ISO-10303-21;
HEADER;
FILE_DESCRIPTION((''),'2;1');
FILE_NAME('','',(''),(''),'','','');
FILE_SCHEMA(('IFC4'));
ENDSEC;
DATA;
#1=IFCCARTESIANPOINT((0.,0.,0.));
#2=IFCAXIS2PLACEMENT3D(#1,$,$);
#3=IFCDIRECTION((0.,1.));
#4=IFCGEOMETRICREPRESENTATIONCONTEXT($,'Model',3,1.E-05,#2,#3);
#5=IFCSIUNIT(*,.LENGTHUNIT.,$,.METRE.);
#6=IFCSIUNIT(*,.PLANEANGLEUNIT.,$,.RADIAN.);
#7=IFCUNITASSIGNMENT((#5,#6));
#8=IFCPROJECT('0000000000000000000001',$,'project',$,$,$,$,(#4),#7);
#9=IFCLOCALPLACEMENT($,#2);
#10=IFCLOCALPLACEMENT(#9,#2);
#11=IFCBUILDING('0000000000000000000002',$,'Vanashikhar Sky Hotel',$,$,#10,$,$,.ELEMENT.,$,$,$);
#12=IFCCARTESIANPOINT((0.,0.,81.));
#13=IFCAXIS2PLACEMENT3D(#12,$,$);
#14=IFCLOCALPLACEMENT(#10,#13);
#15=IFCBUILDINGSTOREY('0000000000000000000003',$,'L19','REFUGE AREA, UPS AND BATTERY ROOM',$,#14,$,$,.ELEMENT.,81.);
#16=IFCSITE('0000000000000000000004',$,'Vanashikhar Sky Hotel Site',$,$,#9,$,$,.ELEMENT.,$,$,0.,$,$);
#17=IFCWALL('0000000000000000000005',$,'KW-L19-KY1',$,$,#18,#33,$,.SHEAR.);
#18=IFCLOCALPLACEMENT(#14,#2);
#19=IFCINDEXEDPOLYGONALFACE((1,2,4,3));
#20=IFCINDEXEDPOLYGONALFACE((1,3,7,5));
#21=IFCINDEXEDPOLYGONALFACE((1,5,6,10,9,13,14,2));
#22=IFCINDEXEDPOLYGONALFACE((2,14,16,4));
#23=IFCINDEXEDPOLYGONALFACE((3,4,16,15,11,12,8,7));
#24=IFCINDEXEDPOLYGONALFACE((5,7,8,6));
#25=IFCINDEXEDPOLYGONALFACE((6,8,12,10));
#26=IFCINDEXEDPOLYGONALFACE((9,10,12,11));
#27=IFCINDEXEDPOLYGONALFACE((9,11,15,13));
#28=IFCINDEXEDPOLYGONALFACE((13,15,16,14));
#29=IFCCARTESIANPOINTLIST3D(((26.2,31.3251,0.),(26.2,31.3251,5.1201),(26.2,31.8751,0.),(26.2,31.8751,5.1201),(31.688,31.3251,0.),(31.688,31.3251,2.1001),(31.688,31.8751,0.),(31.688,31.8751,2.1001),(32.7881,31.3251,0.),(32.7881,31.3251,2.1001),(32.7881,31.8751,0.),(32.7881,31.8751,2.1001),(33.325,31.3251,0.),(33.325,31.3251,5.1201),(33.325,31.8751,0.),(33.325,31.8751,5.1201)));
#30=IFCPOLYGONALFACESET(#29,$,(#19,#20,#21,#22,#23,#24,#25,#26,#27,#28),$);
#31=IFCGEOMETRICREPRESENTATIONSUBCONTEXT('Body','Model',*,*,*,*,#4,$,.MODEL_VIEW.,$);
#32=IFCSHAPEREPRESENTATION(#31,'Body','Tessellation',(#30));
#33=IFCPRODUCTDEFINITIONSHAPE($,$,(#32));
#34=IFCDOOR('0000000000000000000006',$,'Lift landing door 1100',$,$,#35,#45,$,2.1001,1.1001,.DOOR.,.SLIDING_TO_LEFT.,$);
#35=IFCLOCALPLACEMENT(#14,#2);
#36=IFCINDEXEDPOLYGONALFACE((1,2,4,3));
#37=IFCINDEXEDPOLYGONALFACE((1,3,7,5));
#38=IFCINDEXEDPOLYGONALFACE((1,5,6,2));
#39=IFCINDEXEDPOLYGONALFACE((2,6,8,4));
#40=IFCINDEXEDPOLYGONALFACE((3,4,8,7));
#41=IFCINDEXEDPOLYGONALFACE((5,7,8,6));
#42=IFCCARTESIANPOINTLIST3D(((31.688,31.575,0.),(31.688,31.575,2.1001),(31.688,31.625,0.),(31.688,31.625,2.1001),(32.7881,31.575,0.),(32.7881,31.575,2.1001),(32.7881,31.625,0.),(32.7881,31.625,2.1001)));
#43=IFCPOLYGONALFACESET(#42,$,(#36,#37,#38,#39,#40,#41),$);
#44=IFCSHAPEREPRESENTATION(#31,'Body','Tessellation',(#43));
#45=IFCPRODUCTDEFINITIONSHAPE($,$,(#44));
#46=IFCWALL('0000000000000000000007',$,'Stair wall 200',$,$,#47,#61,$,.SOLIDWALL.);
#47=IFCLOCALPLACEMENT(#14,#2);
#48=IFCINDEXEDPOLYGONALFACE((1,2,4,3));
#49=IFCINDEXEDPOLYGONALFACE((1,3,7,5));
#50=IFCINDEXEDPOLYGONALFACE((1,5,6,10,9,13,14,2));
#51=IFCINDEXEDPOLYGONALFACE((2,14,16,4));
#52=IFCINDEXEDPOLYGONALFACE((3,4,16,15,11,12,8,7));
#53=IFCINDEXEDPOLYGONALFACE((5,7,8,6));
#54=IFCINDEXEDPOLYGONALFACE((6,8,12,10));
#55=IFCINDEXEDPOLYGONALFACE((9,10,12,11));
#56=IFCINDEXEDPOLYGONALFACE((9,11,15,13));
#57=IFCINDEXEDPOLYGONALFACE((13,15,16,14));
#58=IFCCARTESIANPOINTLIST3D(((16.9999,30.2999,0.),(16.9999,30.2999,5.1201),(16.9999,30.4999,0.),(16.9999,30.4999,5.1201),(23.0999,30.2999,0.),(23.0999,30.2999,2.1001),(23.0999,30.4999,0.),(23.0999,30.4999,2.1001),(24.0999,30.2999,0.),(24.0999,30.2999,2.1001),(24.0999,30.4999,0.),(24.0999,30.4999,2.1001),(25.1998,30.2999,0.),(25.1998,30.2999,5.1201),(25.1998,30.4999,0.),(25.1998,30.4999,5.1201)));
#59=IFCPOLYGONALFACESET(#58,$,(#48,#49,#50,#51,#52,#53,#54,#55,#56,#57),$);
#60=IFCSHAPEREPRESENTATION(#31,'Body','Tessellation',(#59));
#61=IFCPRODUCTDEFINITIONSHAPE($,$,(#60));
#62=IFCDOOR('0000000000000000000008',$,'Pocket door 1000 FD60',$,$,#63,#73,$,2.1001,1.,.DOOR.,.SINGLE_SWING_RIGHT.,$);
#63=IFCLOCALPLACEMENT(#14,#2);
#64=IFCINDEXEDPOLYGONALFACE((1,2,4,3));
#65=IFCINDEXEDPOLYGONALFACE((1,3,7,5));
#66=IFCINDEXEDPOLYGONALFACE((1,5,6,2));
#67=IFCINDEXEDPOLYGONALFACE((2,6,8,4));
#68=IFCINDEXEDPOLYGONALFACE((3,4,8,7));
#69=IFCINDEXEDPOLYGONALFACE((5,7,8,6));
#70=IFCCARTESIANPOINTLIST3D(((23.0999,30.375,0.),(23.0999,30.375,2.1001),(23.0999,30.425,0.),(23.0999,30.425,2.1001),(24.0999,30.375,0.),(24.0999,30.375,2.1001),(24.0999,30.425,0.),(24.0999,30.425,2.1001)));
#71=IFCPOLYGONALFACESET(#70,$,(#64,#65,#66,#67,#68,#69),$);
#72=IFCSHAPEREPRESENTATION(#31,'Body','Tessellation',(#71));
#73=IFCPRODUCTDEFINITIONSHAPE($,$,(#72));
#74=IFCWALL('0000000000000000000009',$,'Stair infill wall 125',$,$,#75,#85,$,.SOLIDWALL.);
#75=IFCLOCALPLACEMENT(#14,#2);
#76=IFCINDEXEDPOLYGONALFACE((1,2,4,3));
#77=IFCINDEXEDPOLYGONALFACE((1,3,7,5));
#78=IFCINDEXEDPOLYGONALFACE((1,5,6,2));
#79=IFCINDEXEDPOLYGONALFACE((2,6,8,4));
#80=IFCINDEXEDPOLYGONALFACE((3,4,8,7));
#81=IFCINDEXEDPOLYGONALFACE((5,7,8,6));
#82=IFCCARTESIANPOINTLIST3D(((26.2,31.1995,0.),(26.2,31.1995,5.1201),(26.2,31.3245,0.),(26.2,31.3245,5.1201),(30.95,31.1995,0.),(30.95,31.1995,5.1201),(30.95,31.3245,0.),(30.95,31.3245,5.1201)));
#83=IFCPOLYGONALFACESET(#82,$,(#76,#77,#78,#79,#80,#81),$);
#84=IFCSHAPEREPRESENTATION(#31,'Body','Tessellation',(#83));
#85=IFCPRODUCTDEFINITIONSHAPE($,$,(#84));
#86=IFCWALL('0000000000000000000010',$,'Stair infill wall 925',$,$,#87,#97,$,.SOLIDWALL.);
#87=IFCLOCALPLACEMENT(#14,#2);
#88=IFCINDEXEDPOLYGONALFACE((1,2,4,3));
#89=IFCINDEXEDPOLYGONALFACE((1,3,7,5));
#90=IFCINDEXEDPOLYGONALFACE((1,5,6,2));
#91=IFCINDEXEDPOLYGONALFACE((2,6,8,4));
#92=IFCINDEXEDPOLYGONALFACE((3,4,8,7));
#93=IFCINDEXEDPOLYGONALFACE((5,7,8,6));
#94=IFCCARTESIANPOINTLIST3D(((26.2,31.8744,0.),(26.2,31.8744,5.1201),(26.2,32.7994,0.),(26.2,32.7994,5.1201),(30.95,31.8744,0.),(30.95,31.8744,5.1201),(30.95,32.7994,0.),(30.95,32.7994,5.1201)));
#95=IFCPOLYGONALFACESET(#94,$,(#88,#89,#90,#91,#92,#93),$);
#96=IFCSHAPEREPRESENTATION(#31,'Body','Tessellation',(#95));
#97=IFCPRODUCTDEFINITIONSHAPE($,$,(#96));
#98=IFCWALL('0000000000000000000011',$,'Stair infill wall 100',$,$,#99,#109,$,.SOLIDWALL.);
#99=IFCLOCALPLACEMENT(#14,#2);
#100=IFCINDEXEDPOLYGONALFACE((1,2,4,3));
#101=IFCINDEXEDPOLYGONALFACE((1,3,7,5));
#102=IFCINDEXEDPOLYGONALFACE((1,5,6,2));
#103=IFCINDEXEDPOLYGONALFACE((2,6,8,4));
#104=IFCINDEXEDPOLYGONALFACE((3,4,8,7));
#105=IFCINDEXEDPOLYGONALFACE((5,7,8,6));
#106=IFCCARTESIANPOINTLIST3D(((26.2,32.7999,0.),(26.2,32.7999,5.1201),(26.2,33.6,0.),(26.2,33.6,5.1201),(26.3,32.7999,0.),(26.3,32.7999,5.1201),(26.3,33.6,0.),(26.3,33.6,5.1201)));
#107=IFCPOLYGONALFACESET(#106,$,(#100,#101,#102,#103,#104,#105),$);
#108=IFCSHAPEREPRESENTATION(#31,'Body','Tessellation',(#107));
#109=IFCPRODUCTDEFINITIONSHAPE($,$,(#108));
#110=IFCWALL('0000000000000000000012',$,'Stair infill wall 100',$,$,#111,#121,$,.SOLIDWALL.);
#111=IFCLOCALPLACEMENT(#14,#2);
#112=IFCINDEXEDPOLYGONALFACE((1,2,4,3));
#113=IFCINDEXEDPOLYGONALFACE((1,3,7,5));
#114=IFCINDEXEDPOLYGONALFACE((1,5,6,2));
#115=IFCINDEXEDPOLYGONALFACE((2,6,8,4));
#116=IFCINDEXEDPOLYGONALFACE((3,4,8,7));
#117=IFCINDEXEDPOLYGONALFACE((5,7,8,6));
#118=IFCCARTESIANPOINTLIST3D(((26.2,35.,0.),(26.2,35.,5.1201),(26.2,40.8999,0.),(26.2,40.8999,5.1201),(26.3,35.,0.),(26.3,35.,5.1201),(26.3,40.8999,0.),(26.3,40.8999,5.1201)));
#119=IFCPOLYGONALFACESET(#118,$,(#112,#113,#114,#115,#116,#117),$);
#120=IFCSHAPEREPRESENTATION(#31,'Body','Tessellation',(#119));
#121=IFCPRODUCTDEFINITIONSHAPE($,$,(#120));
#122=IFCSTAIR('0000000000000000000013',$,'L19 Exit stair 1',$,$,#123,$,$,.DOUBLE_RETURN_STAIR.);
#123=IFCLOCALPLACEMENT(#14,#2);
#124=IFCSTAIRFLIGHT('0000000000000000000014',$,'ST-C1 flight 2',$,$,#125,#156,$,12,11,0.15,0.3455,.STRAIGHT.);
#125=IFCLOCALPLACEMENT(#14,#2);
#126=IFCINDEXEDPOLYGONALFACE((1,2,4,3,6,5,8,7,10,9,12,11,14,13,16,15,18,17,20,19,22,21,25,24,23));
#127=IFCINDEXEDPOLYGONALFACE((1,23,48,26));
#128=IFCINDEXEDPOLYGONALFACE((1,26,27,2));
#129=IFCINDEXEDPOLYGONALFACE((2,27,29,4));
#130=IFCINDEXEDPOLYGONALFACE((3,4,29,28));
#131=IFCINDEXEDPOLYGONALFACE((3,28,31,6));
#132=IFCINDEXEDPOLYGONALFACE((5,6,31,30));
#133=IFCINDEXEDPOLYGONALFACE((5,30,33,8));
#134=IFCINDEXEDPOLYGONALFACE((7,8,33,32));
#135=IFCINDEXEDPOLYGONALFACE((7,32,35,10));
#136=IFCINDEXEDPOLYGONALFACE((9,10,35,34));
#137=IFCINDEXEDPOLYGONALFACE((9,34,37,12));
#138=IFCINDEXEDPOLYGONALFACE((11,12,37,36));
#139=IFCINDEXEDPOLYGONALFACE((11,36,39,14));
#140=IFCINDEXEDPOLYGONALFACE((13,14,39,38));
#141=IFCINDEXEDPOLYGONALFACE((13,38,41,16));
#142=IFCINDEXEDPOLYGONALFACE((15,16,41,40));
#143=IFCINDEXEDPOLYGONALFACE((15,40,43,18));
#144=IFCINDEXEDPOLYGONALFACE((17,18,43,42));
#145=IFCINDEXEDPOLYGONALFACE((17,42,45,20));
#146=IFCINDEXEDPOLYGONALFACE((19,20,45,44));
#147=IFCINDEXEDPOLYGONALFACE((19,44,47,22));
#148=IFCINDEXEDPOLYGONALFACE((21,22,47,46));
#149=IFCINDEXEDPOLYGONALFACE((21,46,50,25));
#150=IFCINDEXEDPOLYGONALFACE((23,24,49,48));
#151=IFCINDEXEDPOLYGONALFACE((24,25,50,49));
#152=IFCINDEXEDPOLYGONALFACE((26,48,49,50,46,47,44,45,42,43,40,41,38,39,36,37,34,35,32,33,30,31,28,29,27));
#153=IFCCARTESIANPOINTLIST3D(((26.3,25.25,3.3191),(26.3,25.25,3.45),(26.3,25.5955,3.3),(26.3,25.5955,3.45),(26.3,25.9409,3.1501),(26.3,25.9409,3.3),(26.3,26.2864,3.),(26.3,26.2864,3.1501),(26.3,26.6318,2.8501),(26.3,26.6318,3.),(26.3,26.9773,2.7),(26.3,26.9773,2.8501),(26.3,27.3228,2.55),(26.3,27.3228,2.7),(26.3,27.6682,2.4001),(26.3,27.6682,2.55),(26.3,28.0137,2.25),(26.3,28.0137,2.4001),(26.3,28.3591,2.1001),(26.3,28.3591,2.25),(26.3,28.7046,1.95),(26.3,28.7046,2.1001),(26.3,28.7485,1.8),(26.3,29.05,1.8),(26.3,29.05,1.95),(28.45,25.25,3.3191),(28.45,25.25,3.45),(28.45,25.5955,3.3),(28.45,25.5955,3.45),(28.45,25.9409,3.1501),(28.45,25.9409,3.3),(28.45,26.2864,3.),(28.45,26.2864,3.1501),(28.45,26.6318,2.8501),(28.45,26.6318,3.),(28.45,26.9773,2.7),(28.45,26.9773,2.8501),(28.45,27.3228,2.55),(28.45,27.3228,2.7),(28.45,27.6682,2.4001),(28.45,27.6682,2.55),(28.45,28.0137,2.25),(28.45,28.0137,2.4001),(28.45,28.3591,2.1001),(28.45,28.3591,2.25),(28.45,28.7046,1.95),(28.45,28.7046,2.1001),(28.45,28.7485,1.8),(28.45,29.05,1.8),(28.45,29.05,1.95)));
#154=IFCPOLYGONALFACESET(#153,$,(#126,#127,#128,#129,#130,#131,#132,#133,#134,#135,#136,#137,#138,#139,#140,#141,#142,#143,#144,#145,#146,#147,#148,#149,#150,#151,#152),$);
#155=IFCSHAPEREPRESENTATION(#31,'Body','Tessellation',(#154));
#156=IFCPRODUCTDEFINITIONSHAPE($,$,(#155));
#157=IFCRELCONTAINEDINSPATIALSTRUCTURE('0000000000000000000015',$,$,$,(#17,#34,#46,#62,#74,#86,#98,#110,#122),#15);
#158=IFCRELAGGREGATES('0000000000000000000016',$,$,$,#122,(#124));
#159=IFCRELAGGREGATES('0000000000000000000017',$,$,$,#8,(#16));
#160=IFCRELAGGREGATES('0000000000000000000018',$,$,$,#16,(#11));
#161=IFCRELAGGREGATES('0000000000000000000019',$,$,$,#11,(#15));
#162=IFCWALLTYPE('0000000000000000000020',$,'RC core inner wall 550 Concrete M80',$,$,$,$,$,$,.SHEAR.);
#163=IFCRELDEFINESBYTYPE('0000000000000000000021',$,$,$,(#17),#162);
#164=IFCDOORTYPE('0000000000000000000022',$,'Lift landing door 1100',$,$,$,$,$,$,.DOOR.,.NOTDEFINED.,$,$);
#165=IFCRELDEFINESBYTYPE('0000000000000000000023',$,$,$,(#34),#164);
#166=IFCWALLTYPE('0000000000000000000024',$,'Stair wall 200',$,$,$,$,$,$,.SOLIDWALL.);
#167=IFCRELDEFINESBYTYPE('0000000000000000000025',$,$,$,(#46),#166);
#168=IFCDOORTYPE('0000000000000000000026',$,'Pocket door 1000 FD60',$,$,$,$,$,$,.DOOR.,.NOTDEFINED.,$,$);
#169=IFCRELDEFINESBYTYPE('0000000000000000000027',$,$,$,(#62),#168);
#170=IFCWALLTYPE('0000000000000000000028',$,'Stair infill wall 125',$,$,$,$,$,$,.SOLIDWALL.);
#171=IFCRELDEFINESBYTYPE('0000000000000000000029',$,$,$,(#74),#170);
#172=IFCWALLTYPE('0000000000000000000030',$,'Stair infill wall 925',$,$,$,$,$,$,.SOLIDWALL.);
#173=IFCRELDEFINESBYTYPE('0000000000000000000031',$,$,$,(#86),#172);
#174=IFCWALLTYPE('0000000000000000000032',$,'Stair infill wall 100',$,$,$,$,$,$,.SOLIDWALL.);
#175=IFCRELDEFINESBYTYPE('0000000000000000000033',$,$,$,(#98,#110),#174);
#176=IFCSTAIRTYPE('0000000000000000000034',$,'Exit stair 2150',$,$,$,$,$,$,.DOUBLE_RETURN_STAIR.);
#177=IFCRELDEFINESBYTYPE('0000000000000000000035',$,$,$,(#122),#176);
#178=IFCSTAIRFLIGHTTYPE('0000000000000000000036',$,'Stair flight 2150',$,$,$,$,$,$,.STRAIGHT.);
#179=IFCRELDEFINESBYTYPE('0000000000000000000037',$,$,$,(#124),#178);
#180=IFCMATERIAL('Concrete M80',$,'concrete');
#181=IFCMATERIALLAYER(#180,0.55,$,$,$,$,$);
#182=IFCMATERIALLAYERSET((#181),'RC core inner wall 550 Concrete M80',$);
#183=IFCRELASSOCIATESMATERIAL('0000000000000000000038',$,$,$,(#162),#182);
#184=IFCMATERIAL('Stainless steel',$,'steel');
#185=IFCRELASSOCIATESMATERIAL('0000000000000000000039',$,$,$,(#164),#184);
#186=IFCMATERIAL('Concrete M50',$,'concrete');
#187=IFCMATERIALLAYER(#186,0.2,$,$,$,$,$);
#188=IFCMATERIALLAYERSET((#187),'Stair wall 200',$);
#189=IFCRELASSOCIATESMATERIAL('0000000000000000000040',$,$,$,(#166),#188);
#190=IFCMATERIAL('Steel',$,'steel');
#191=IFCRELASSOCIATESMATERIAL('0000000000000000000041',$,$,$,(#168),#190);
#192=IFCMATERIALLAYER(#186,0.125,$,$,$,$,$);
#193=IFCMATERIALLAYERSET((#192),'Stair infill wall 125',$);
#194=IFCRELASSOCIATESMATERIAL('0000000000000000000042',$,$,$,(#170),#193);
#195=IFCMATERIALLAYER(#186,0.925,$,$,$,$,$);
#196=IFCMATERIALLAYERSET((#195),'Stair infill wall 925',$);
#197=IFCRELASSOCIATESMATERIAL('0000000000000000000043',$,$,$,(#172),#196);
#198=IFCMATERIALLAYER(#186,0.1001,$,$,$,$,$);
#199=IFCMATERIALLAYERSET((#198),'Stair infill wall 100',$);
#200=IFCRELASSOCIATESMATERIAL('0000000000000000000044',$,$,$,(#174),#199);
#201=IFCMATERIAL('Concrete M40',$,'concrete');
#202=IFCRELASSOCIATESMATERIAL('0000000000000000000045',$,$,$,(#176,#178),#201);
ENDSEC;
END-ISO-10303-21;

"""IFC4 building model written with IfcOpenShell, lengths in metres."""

from ifc_helpers import new_model, si_unit, direction, frame, frame_2d, origin, place, context, subcontext, project, spatial, polyline, rectangle, outline, extrude, source, transform, mapped, material, layer, layer_set, type_object, element, fill, aggregate, save


model = new_model("IFC4")

# Units and contexts
model_context = context("Model", 3, precision=1e-05, world=origin(), true_north=direction((0.0, 1.0)))
body_context = subcontext(model_context, "Body", "Model", "MODEL_VIEW")
ifc_project = project(units=[si_unit("LENGTHUNIT", "METRE"), si_unit("PLANEANGLEUNIT", "RADIAN")], contexts=[model_context])

# Site, building, storey
site_placement = place(None, origin())
site = spatial("IfcSite", under=ifc_project, at=site_placement, Name="Vanashikhar Sky Hotel Site", CompositionType="ELEMENT", RefElevation=0.0)
building_placement = place(site_placement, origin())
building = spatial("IfcBuilding", under=site, at=building_placement, Name="Vanashikhar Sky Hotel", CompositionType="ELEMENT")
storey_placement = place(building_placement, frame((0.0, 0.0, 81.0)))
storey = spatial("IfcBuildingStorey", under=building, at=storey_placement, Name="L19", Description="REFUGE AREA, UPS AND BATTERY ROOM", CompositionType="ELEMENT", Elevation=81.0)

# Walls, openings, doors
ifc_material_1 = material(Name="Concrete M80", Category="concrete")
ifc_layer_1 = layer(ifc_material_1, 0.55)
ifc_layer_set_1 = layer_set([ifc_layer_1], Name="RC core inner wall 550 Concrete M80")
wall_type_1 = type_object("IfcWallType", Name="RC core inner wall 550 Concrete M80", PredefinedType="SHEAR", material=ifc_layer_set_1)
shared_shape_1 = source(origin(), body_context, "Body", "SweptSolid", [
    extrude(rectangle(XDim=7.125, YDim=0.55, at=frame_2d((3.5625, 0.0))), origin(), (0.0, 0.0, 1.0), 5.1201),
])
wall_1_placement = place(storey_placement, frame((26.2, 31.6001, 0.0), z_axis=(0.0, 0.0, 1.0), x_axis=(1.0, 0.0, 0.0)))
wall_1 = element("IfcWall", 1, at=wall_1_placement, inside=storey, type_object=wall_type_1, Name="KW-L19-KY1", PredefinedType="SHEAR", context=body_context, shape_type="MappedRepresentation", body=[
    mapped(shared_shape_1, transform((0.0, 0.0, 0.0), scale=1.0)),
])
shared_shape_2 = source(origin(), body_context, "Body", "SweptSolid", [
    extrude(rectangle(XDim=1.1001, YDim=2.1001, at=frame_2d((0.55, 1.05))), frame((0.0, 0.2852, 0.0), z_axis=(0.0, -1.0, 0.0), x_axis=(1.0, 0.0, 0.0)), (0.0, 0.0, 1.0), 0.5701),
])
opening_1_placement = place(wall_1_placement, frame((5.488, 0.0, 0.0)))
opening_1 = element("IfcOpeningElement", 2, at=opening_1_placement, cuts=wall_1, PredefinedType="OPENING", context=body_context, shape_type="MappedRepresentation", body=[
    mapped(shared_shape_2, transform((0.0, 0.0, 0.0), scale=1.0)),
])
ifc_material_2 = material(Name="Stainless steel", Category="steel")
door_type_1 = type_object("IfcDoorType", Name="Lift landing door 1100", OperationType="NOTDEFINED", PredefinedType="DOOR", material=ifc_material_2)
shared_shape_3 = source(origin(), body_context, "Body", "SweptSolid", [
    extrude(rectangle(XDim=1.1001, YDim=2.1001, at=frame_2d((0.55, 1.05))), frame((0.0, 0.0249, 0.0), z_axis=(0.0, -1.0, 0.0), x_axis=(1.0, 0.0, 0.0)), (0.0, 0.0, 1.0), 0.05),
])
door_1_placement = place(opening_1_placement, origin())
door_1 = element("IfcDoor", 3, at=door_1_placement, inside=storey, type_object=door_type_1, Name="Lift landing door 1100", OperationType="SLIDING_TO_LEFT", OverallHeight=2.1001, OverallWidth=1.1001, PredefinedType="DOOR", context=body_context, shape_type="MappedRepresentation", body=[
    mapped(shared_shape_3, transform((0.0, 0.0, 0.0), scale=1.0)),
])
fill(opening_1, door_1)
ifc_material_3 = material(Name="Concrete M50", Category="concrete")
ifc_layer_2 = layer(ifc_material_3, 0.2)
ifc_layer_set_2 = layer_set([ifc_layer_2], Name="Stair wall 200")
wall_type_2 = type_object("IfcWallType", Name="Stair wall 200", PredefinedType="SOLIDWALL", material=ifc_layer_set_2)
shared_shape_4 = source(origin(), body_context, "Body", "SweptSolid", [
    extrude(rectangle(XDim=8.2, YDim=0.2, at=frame_2d((4.1001, 0.0))), origin(), (0.0, 0.0, 1.0), 5.1201),
])
wall_2_placement = place(storey_placement, frame((25.2, 30.3999, 0.0), z_axis=(0.0, 0.0, 1.0), x_axis=(-1.0, 0.0, 0.0)))
wall_2 = element("IfcWall", 4, at=wall_2_placement, inside=storey, type_object=wall_type_2, Name="Stair wall 200", PredefinedType="SOLIDWALL", context=body_context, shape_type="MappedRepresentation", body=[
    mapped(shared_shape_4, transform((0.0, 0.0, 0.0), scale=1.0)),
])
shared_shape_5 = source(origin(), body_context, "Body", "SweptSolid", [
    extrude(rectangle(XDim=1.0, YDim=2.1001, at=frame_2d((0.5, 1.05))), frame((0.0, 0.1099, 0.0), z_axis=(0.0, -1.0, 0.0), x_axis=(1.0, 0.0, 0.0)), (0.0, 0.0, 1.0), 0.22),
])
opening_2_placement = place(wall_2_placement, frame((1.1001, 0.0, 0.0)))
opening_2 = element("IfcOpeningElement", 5, at=opening_2_placement, cuts=wall_2, PredefinedType="OPENING", context=body_context, shape_type="MappedRepresentation", body=[
    mapped(shared_shape_5, transform((0.0, 0.0, 0.0), scale=1.0)),
])
ifc_material_4 = material(Name="Steel", Category="steel")
door_type_2 = type_object("IfcDoorType", Name="Pocket door 1000 FD60", OperationType="NOTDEFINED", PredefinedType="DOOR", material=ifc_material_4)
shared_shape_6 = source(origin(), body_context, "Body", "SweptSolid", [
    extrude(rectangle(XDim=1.0, YDim=2.1001, at=frame_2d((0.5, 1.05))), frame((0.0, 0.0249, 0.0), z_axis=(0.0, -1.0, 0.0), x_axis=(1.0, 0.0, 0.0)), (0.0, 0.0, 1.0), 0.05),
])
door_2_placement = place(opening_2_placement, origin())
door_2 = element("IfcDoor", 6, at=door_2_placement, inside=storey, type_object=door_type_2, Name="Pocket door 1000 FD60", OperationType="SINGLE_SWING_RIGHT", OverallHeight=2.1001, OverallWidth=1.0, PredefinedType="DOOR", context=body_context, shape_type="MappedRepresentation", body=[
    mapped(shared_shape_6, transform((0.0, 0.0, 0.0), scale=1.0)),
])
fill(opening_2, door_2)

# Walls
ifc_layer_3 = layer(ifc_material_3, 0.125)
ifc_layer_set_3 = layer_set([ifc_layer_3], Name="Stair infill wall 125")
wall_type_3 = type_object("IfcWallType", Name="Stair infill wall 125", PredefinedType="SOLIDWALL", material=ifc_layer_set_3)
shared_shape_7 = source(origin(), body_context, "Body", "SweptSolid", [
    extrude(rectangle(XDim=4.75, YDim=0.125, at=frame_2d((2.375, 0.0))), origin(), (0.0, 0.0, 1.0), 5.1201),
])
wall_3_placement = place(storey_placement, frame((26.2, 31.262, 0.0), z_axis=(0.0, 0.0, 1.0), x_axis=(1.0, 0.0, 0.0)))
element("IfcWall", 7, at=wall_3_placement, inside=storey, type_object=wall_type_3, Name="Stair infill wall 125", PredefinedType="SOLIDWALL", context=body_context, shape_type="MappedRepresentation", body=[
    mapped(shared_shape_7, transform((0.0, 0.0, 0.0), scale=1.0)),
])
ifc_layer_4 = layer(ifc_material_3, 0.925)
ifc_layer_set_4 = layer_set([ifc_layer_4], Name="Stair infill wall 925")
wall_type_4 = type_object("IfcWallType", Name="Stair infill wall 925", PredefinedType="SOLIDWALL", material=ifc_layer_set_4)
shared_shape_8 = source(origin(), body_context, "Body", "SweptSolid", [
    extrude(rectangle(XDim=4.75, YDim=0.925, at=frame_2d((2.375, 0.0))), origin(), (0.0, 0.0, 1.0), 5.1201),
])
wall_4_placement = place(storey_placement, frame((26.2, 32.3369, 0.0), z_axis=(0.0, 0.0, 1.0), x_axis=(1.0, 0.0, 0.0)))
element("IfcWall", 8, at=wall_4_placement, inside=storey, type_object=wall_type_4, Name="Stair infill wall 925", PredefinedType="SOLIDWALL", context=body_context, shape_type="MappedRepresentation", body=[
    mapped(shared_shape_8, transform((0.0, 0.0, 0.0), scale=1.0)),
])
ifc_layer_5 = layer(ifc_material_3, 0.1001)
ifc_layer_set_5 = layer_set([ifc_layer_5], Name="Stair infill wall 100")
wall_type_5 = type_object("IfcWallType", Name="Stair infill wall 100", PredefinedType="SOLIDWALL", material=ifc_layer_set_5)
shared_shape_9 = source(origin(), body_context, "Body", "SweptSolid", [
    extrude(rectangle(XDim=0.8, YDim=0.1001, at=frame_2d((0.3999, 0.0))), origin(), (0.0, 0.0, 1.0), 5.1201),
])
wall_5_placement = place(storey_placement, frame((26.25, 32.8, 0.0), z_axis=(0.0, 0.0, 1.0), x_axis=(0.0, 1.0, 0.0)))
element("IfcWall", 9, at=wall_5_placement, inside=storey, type_object=wall_type_5, Name="Stair infill wall 100", PredefinedType="SOLIDWALL", context=body_context, shape_type="MappedRepresentation", body=[
    mapped(shared_shape_9, transform((0.0, 0.0, 0.0), scale=1.0)),
])
shared_shape_10 = source(origin(), body_context, "Body", "SweptSolid", [
    extrude(rectangle(XDim=5.8999, YDim=0.1001, at=frame_2d((2.95, 0.0))), origin(), (0.0, 0.0, 1.0), 5.1201),
])
wall_6_placement = place(storey_placement, frame((26.25, 35.0, 0.0), z_axis=(0.0, 0.0, 1.0), x_axis=(0.0, 1.0, 0.0)))
element("IfcWall", 10, at=wall_6_placement, inside=storey, type_object=wall_type_5, Name="Stair infill wall 100", PredefinedType="SOLIDWALL", context=body_context, shape_type="MappedRepresentation", body=[
    mapped(shared_shape_10, transform((0.0, 0.0, 0.0), scale=1.0)),
])

# Stair, stair flight
ifc_material_5 = material(Name="Concrete M40", Category="concrete")
stair_type = type_object("IfcStairType", Name="Exit stair 2150", PredefinedType="DOUBLE_RETURN_STAIR", material=ifc_material_5)
stair_placement = place(storey_placement, origin())
stair = element("IfcStair", 11, at=stair_placement, inside=storey, type_object=stair_type, Name="L19 Exit stair 1", PredefinedType="DOUBLE_RETURN_STAIR")
stair_flight_type = type_object("IfcStairFlightType", Name="Stair flight 2150", PredefinedType="STRAIGHT", material=ifc_material_5)
shared_shape_11 = source(origin(), body_context, "Body", "SweptSolid", [
    extrude(outline(polyline([(0.0, 0.0), (0.0, 0.1499), (0.3455, 0.1499), (0.3455, 0.3), (0.6909, 0.3), (0.6909, 0.45), (1.0364, 0.45), (1.0364, 0.6001), (1.3818, 0.6001), (1.3818, 0.75), (1.7273, 0.75), (1.7273, 0.8999), (2.0728, 0.8999), (2.0728, 1.05), (2.4182, 1.05), (2.4182, 1.2), (2.7637, 1.2), (2.7637, 1.3501), (3.1091, 1.3501), (3.1091, 1.5), (3.4546, 1.5), (3.4546, 1.6499), (3.8, 1.6499), (3.8, 1.8), (3.8, 1.519), (0.3015, 0.0), (0.0, 0.0)])), frame((0.0, 1.075, 0.0), z_axis=(0.0, -1.0, 0.0), x_axis=(1.0, 0.0, 0.0)), (0.0, 0.0, 1.0), 2.1499),
])
stair_flight_placement = place(storey_placement, frame((27.375, 29.05, 1.8), z_axis=(0.0, 0.0, 1.0), x_axis=(0.0, -1.0, 0.0)))
stair_flight = element("IfcStairFlight", 12, at=stair_flight_placement, type_object=stair_flight_type, Name="ST-C1 flight 2", NumberOfRisers=12, NumberOfTreads=11, PredefinedType="STRAIGHT", RiserHeight=0.15, TreadLength=0.3455, context=body_context, shape_type="MappedRepresentation", body=[
    mapped(shared_shape_11, transform((0.0, 0.0, 0.0), scale=1.0)),
])
aggregate(stair, [stair_flight])

save(model, "model.ifc")
